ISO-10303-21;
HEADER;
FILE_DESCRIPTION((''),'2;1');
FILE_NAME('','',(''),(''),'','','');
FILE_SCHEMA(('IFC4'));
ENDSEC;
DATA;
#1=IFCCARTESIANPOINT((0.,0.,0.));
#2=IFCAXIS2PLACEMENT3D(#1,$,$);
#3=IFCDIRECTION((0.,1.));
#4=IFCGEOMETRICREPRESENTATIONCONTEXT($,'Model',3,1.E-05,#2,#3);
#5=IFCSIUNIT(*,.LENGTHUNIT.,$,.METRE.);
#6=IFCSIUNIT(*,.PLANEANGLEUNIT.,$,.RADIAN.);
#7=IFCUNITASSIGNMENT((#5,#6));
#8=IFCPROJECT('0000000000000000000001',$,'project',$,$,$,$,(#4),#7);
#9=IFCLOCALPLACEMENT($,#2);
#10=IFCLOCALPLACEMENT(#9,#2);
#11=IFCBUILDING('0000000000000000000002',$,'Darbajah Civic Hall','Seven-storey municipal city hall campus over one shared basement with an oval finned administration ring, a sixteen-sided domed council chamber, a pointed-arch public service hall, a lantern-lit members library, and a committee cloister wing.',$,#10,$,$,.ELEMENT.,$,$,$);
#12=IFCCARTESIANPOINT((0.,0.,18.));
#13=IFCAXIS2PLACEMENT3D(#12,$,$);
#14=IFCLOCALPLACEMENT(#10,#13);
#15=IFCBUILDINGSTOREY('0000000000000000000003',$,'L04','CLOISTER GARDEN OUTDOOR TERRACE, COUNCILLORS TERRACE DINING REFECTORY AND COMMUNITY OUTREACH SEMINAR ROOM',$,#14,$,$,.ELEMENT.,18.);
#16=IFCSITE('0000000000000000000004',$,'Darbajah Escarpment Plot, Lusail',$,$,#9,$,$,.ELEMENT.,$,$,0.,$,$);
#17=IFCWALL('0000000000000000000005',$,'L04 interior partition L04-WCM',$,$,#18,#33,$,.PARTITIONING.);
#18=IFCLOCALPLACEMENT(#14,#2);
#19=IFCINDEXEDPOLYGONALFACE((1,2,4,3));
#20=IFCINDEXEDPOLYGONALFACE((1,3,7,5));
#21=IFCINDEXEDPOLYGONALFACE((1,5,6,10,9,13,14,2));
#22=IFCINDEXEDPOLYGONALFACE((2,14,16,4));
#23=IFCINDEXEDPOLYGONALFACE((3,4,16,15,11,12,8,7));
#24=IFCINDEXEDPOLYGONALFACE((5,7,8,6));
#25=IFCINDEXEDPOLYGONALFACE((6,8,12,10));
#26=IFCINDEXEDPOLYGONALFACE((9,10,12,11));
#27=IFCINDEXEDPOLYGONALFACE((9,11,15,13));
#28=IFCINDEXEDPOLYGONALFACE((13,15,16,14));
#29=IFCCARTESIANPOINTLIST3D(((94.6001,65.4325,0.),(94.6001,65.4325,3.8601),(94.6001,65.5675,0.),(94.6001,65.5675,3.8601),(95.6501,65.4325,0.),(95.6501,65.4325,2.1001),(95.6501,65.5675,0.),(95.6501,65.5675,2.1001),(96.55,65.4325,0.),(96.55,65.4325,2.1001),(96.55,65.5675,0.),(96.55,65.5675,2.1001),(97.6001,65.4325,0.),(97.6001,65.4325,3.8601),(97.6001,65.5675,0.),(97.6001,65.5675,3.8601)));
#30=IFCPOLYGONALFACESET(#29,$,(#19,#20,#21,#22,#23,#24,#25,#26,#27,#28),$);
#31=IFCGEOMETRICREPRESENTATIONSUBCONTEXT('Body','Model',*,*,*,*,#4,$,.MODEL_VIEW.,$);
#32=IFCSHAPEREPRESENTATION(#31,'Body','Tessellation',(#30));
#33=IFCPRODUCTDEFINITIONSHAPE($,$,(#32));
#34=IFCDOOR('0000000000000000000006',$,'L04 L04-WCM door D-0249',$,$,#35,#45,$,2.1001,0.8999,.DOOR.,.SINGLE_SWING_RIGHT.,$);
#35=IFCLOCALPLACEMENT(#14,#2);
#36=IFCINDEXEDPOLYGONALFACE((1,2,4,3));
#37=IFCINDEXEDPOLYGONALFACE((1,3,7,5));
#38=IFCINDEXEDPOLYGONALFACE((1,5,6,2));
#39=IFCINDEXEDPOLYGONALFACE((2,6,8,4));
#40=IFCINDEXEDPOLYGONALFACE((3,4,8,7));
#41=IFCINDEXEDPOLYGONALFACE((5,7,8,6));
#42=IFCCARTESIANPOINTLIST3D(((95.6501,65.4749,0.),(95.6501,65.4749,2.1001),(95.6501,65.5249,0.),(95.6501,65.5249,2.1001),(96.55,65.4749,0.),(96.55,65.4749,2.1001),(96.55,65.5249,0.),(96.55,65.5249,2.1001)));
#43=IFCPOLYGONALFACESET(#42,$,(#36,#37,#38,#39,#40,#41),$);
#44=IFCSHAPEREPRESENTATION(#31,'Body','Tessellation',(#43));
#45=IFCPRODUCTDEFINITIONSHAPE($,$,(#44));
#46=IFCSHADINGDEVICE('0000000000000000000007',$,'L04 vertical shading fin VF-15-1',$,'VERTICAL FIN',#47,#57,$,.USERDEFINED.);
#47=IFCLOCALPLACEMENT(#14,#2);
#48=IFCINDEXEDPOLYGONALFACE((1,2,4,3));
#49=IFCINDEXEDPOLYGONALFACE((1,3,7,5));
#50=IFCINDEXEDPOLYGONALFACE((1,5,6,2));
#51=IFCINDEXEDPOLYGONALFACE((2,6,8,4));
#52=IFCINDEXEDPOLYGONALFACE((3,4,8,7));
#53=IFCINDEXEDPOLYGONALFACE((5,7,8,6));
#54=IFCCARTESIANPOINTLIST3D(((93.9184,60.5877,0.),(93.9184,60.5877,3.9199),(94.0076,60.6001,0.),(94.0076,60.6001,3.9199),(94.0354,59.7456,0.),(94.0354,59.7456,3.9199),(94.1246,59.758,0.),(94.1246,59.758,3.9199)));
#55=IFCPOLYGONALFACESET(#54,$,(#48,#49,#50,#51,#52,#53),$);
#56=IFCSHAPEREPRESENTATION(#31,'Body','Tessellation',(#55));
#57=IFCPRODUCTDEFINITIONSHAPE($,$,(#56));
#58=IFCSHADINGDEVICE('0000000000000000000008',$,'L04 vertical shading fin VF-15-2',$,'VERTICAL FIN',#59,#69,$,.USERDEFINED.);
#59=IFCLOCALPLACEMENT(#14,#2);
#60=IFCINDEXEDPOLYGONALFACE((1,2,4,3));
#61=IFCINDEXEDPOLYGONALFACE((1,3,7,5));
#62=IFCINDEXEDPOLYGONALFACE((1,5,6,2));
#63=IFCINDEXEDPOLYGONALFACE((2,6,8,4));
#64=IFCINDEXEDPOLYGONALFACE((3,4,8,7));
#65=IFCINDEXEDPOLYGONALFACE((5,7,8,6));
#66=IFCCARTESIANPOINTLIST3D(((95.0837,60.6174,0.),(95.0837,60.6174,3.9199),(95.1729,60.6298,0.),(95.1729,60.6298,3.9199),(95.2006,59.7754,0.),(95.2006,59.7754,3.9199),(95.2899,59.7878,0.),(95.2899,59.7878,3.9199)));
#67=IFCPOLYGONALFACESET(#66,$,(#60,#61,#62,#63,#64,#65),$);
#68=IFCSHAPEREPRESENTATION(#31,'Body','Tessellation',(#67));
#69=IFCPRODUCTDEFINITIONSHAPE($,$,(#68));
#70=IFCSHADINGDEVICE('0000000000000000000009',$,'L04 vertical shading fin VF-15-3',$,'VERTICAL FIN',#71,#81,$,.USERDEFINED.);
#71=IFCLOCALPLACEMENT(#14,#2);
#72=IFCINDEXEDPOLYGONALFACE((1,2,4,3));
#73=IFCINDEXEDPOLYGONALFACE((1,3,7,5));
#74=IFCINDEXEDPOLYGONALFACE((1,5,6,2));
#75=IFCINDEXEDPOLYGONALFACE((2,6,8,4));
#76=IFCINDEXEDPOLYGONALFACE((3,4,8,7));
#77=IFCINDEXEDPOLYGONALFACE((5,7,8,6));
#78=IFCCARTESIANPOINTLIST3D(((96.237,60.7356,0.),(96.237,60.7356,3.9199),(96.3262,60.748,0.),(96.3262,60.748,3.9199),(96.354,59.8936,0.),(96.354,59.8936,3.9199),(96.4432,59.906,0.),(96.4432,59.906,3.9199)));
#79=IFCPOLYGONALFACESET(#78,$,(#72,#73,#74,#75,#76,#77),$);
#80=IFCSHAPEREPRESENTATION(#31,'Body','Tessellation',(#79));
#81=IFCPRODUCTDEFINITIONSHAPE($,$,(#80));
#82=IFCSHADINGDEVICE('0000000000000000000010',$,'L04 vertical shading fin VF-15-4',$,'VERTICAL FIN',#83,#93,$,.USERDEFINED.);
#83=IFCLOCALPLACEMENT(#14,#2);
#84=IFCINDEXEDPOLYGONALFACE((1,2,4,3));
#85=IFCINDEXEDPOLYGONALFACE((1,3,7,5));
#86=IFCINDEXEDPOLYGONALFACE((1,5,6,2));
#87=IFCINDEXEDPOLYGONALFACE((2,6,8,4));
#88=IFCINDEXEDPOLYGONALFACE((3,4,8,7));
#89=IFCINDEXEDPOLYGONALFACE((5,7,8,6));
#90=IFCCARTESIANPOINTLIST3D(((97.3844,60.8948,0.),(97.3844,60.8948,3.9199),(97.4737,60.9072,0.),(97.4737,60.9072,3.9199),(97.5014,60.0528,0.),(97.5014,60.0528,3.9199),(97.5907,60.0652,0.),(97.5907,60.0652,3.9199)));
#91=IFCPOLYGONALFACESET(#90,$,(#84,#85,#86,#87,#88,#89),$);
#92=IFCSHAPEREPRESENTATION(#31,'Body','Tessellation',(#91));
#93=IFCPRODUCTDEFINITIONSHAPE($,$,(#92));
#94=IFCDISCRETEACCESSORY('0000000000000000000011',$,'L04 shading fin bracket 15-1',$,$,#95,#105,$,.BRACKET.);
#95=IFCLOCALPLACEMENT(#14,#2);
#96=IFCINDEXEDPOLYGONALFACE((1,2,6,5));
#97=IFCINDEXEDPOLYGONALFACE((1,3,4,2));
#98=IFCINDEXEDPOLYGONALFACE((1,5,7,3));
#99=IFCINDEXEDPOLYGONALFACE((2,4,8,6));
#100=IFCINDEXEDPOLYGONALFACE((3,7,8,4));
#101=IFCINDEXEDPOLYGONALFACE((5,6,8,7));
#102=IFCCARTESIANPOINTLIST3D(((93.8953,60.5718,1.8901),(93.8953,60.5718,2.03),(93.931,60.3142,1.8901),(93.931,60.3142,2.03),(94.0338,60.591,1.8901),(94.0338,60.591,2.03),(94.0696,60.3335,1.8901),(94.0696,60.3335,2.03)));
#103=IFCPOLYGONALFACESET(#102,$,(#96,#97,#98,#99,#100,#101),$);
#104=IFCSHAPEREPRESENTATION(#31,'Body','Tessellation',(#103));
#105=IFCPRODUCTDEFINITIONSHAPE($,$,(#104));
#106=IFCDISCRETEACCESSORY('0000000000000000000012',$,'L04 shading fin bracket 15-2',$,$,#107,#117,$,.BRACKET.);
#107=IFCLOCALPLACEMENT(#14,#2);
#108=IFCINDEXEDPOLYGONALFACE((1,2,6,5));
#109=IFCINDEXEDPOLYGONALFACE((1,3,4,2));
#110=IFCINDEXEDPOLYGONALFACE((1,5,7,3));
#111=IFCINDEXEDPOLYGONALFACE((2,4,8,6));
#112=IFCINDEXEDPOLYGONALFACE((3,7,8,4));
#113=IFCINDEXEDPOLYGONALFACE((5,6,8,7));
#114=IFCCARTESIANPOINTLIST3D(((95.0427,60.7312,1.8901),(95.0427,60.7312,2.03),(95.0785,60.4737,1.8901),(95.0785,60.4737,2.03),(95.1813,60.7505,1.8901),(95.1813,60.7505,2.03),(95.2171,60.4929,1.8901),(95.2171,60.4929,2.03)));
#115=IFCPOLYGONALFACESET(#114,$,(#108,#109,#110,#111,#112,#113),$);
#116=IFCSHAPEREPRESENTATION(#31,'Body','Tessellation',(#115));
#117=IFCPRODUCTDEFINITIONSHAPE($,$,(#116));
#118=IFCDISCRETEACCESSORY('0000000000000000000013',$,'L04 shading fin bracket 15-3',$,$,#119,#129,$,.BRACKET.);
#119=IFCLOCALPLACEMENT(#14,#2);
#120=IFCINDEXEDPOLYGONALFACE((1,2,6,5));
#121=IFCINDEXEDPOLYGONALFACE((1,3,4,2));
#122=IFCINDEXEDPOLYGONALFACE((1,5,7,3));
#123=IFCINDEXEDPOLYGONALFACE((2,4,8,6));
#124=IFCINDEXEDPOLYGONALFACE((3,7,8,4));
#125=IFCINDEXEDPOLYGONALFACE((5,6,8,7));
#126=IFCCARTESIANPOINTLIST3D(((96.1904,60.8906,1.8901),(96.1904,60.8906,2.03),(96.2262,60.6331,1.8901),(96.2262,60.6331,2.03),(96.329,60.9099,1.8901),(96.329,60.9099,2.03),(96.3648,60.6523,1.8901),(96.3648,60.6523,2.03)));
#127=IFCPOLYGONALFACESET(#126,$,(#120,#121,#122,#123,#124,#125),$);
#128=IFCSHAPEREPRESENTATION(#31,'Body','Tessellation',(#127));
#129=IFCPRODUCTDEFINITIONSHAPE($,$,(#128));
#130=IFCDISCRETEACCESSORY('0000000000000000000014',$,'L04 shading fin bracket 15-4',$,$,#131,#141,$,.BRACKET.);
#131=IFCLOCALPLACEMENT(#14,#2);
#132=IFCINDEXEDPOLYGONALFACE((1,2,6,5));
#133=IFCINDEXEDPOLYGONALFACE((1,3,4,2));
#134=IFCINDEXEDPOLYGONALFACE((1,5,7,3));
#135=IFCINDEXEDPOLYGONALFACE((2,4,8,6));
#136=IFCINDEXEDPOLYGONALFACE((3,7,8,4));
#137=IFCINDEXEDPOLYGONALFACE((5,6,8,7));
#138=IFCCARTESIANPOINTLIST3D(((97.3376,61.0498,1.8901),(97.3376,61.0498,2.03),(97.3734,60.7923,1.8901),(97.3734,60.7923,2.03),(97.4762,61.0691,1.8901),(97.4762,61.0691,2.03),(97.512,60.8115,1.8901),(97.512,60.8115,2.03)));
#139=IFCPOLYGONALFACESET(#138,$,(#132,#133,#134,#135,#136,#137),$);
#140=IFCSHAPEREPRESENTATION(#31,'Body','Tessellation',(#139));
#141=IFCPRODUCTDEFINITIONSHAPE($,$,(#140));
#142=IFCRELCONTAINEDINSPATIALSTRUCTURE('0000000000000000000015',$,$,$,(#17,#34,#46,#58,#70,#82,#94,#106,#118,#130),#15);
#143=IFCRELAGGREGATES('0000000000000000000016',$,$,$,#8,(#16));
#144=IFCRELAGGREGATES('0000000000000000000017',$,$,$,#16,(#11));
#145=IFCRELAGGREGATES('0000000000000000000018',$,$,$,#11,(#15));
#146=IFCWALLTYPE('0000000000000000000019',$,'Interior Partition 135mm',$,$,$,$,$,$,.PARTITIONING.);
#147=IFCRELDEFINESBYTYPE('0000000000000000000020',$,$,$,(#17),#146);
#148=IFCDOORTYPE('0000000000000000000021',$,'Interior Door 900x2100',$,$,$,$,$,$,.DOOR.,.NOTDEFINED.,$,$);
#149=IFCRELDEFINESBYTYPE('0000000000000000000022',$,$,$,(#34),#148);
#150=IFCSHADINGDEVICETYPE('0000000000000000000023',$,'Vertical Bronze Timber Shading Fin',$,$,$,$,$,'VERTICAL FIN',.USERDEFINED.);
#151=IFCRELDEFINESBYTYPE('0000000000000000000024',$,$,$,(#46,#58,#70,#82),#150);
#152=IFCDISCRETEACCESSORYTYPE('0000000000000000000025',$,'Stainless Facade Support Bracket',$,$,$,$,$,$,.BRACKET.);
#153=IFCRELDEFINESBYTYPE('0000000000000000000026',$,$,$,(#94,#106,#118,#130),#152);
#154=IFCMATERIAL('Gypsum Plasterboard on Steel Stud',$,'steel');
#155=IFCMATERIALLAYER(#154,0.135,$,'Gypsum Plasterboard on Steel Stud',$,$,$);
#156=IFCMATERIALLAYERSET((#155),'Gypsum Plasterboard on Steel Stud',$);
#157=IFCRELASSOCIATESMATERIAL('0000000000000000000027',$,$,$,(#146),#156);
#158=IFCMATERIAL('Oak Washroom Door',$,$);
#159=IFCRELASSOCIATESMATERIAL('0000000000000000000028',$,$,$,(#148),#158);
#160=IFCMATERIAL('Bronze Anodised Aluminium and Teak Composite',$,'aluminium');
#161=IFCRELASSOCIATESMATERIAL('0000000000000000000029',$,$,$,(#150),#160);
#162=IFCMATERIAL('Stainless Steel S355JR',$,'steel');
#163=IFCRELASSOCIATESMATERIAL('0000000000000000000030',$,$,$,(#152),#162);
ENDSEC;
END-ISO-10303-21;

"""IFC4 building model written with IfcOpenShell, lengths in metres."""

from ifc_helpers import new_model, si_unit, direction, frame, frame_2d, origin, origin_2d, place, context, subcontext, project, spatial, rectangle, extrude, material, layer, layer_set, type_object, element, fill, save


model = new_model("IFC4")

# Units and contexts
model_context = context("Model", 3, precision=1e-05, world=origin(), true_north=direction((0.0, 1.0)))
body_context = subcontext(model_context, "Body", "Model", "MODEL_VIEW")
ifc_project = project(units=[si_unit("LENGTHUNIT", "METRE"), si_unit("PLANEANGLEUNIT", "RADIAN")], contexts=[model_context])

# Site, building, storey
site_placement = place(None, origin())
site = spatial("IfcSite", under=ifc_project, at=site_placement, Name="Darbajah Escarpment Plot, Lusail", CompositionType="ELEMENT", RefElevation=0.0)
building_placement = place(site_placement, origin())
building = spatial("IfcBuilding", under=site, at=building_placement, Name="Darbajah Civic Hall", Description="Seven-storey municipal city hall campus over one shared basement with an oval finned administration ring, a sixteen-sided domed council chamber, a pointed-arch public service hall, a lantern-lit members library, and a committee cloister wing.", CompositionType="ELEMENT")
storey_placement = place(building_placement, frame((0.0, 0.0, 18.0)))
storey = spatial("IfcBuildingStorey", under=building, at=storey_placement, Name="L04", Description="CLOISTER GARDEN OUTDOOR TERRACE, COUNCILLORS TERRACE DINING REFECTORY AND COMMUNITY OUTREACH SEMINAR ROOM", CompositionType="ELEMENT", Elevation=18.0)

# Shared definitions
ifc_material_1 = material(Name="Gypsum Plasterboard on Steel Stud", Category="steel")
ifc_layer_1 = layer(ifc_material_1, 0.135, Name="Gypsum Plasterboard on Steel Stud")
ifc_layer_set_1 = layer_set([ifc_layer_1], Name="Gypsum Plasterboard on Steel Stud")
wall_type = type_object("IfcWallType", Name="Interior Partition 135mm", PredefinedType="PARTITIONING", material=ifc_layer_set_1)

# Wall, opening, door
wall_1_placement = place(storey_placement, frame((94.6001, 65.5, 0.0), z_axis=(0.0, 0.0, 1.0), x_axis=(1.0, 0.0, 0.0)))
wall_1 = element("IfcWall", 1, at=wall_1_placement, inside=storey, type_object=wall_type, Name="L04 interior partition L04-WCM", PredefinedType="PARTITIONING", context=body_context, shape_type="SweptSolid", body=[
    extrude(rectangle(XDim=3.0, YDim=0.135, at=frame_2d((1.5, 0.0))), origin(), (0.0, 0.0, 1.0), 3.8601),
])
opening_placement = place(wall_1_placement, frame((1.05, 0.0, 0.0)))
opening = element("IfcOpeningElement", 2, at=opening_placement, cuts=wall_1, PredefinedType="OPENING", context=body_context, shape_type="SweptSolid", body=[
    extrude(rectangle(XDim=0.8999, YDim=2.1001, at=frame_2d((0.45, 1.05))), frame((0.0, 0.0774, 0.0), z_axis=(0.0, -1.0, 0.0), x_axis=(1.0, 0.0, 0.0)), (0.0, 0.0, 1.0), 0.155),
])
ifc_material_2 = material(Name="Oak Washroom Door")
door_type = type_object("IfcDoorType", Name="Interior Door 900x2100", OperationType="NOTDEFINED", PredefinedType="DOOR", material=ifc_material_2)
door_placement = place(opening_placement, origin())
door = element("IfcDoor", 3, at=door_placement, inside=storey, type_object=door_type, Name="L04 L04-WCM door D-0249", OperationType="SINGLE_SWING_RIGHT", OverallHeight=2.1001, OverallWidth=0.8999, PredefinedType="DOOR", context=body_context, shape_type="SweptSolid", body=[
    extrude(rectangle(XDim=0.8999, YDim=2.1001, at=frame_2d((0.45, 1.05))), frame((0.0, 0.0249, 0.0), z_axis=(0.0, -1.0, 0.0), x_axis=(1.0, 0.0, 0.0)), (0.0, 0.0, 1.0), 0.05),
])
fill(opening, door)

# Shading devices
ifc_material_3 = material(Name="Bronze Anodised Aluminium and Teak Composite", Category="aluminium")
shading_device_type = type_object("IfcShadingDeviceType", Name="Vertical Bronze Timber Shading Fin", ElementType="VERTICAL FIN", PredefinedType="USERDEFINED", material=ifc_material_3)
for number, where, z_axis, x_axis, name in (
    (4, (94.0215, 60.1729, 0.0), (0.0, 0.0, 1.0), (0.137617, -0.990485, 0.0), "L04 vertical shading fin VF-15-1"),
    (5, (95.1868, 60.2026, 0.0), (0.0, 0.0, 1.0), (0.137617, -0.990485, 0.0), "L04 vertical shading fin VF-15-2"),
    (6, (96.3401, 60.3208, 0.0), (0.0, 0.0, 1.0), (0.137617, -0.990485, 0.0), "L04 vertical shading fin VF-15-3"),
    (7, (97.4875, 60.48, 0.0), (0.0, 0.0, 1.0), (0.137617, -0.990485, 0.0), "L04 vertical shading fin VF-15-4"),
):
    element("IfcShadingDevice", number, at=place(storey_placement, frame(where, z_axis=z_axis, x_axis=x_axis)), inside=storey, type_object=shading_device_type, Name=name, ObjectType="VERTICAL FIN", PredefinedType="USERDEFINED", context=body_context, shape_type="SweptSolid", body=[
        extrude(rectangle(XDim=0.8501, YDim=0.0901, at=origin_2d()), origin(), (0.0, 0.0, 1.0), 3.9199),
    ])

# Discrete accessories
ifc_material_4 = material(Name="Stainless Steel S355JR", Category="steel")
discrete_accessory_type = type_object("IfcDiscreteAccessoryType", Name="Stainless Facade Support Bracket", PredefinedType="BRACKET", material=ifc_material_4)
for number, where, z_axis, x_axis, name in (
    (8, (93.9824, 60.4526, 1.8901), (0.0, 0.0, 1.0), (0.137617, -0.990485, 0.0), "L04 shading fin bracket 15-1"),
    (9, (95.1299, 60.6121, 1.8901), (0.0, 0.0, 1.0), (0.137617, -0.990485, 0.0), "L04 shading fin bracket 15-2"),
    (10, (96.2776, 60.7715, 1.8901), (0.0, 0.0, 1.0), (0.137617, -0.990485, 0.0), "L04 shading fin bracket 15-3"),
    (11, (97.4248, 60.9307, 1.8901), (0.0, 0.0, 1.0), (0.137617, -0.990485, 0.0), "L04 shading fin bracket 15-4"),
):
    element("IfcDiscreteAccessory", number, at=place(storey_placement, frame(where, z_axis=z_axis, x_axis=x_axis)), inside=storey, type_object=discrete_accessory_type, Name=name, PredefinedType="BRACKET", context=body_context, shape_type="SweptSolid", body=[
        extrude(rectangle(XDim=0.26, YDim=0.1399, at=origin_2d()), origin(), (0.0, 0.0, 1.0), 0.1399),
    ])

save(model, "model.ifc")
